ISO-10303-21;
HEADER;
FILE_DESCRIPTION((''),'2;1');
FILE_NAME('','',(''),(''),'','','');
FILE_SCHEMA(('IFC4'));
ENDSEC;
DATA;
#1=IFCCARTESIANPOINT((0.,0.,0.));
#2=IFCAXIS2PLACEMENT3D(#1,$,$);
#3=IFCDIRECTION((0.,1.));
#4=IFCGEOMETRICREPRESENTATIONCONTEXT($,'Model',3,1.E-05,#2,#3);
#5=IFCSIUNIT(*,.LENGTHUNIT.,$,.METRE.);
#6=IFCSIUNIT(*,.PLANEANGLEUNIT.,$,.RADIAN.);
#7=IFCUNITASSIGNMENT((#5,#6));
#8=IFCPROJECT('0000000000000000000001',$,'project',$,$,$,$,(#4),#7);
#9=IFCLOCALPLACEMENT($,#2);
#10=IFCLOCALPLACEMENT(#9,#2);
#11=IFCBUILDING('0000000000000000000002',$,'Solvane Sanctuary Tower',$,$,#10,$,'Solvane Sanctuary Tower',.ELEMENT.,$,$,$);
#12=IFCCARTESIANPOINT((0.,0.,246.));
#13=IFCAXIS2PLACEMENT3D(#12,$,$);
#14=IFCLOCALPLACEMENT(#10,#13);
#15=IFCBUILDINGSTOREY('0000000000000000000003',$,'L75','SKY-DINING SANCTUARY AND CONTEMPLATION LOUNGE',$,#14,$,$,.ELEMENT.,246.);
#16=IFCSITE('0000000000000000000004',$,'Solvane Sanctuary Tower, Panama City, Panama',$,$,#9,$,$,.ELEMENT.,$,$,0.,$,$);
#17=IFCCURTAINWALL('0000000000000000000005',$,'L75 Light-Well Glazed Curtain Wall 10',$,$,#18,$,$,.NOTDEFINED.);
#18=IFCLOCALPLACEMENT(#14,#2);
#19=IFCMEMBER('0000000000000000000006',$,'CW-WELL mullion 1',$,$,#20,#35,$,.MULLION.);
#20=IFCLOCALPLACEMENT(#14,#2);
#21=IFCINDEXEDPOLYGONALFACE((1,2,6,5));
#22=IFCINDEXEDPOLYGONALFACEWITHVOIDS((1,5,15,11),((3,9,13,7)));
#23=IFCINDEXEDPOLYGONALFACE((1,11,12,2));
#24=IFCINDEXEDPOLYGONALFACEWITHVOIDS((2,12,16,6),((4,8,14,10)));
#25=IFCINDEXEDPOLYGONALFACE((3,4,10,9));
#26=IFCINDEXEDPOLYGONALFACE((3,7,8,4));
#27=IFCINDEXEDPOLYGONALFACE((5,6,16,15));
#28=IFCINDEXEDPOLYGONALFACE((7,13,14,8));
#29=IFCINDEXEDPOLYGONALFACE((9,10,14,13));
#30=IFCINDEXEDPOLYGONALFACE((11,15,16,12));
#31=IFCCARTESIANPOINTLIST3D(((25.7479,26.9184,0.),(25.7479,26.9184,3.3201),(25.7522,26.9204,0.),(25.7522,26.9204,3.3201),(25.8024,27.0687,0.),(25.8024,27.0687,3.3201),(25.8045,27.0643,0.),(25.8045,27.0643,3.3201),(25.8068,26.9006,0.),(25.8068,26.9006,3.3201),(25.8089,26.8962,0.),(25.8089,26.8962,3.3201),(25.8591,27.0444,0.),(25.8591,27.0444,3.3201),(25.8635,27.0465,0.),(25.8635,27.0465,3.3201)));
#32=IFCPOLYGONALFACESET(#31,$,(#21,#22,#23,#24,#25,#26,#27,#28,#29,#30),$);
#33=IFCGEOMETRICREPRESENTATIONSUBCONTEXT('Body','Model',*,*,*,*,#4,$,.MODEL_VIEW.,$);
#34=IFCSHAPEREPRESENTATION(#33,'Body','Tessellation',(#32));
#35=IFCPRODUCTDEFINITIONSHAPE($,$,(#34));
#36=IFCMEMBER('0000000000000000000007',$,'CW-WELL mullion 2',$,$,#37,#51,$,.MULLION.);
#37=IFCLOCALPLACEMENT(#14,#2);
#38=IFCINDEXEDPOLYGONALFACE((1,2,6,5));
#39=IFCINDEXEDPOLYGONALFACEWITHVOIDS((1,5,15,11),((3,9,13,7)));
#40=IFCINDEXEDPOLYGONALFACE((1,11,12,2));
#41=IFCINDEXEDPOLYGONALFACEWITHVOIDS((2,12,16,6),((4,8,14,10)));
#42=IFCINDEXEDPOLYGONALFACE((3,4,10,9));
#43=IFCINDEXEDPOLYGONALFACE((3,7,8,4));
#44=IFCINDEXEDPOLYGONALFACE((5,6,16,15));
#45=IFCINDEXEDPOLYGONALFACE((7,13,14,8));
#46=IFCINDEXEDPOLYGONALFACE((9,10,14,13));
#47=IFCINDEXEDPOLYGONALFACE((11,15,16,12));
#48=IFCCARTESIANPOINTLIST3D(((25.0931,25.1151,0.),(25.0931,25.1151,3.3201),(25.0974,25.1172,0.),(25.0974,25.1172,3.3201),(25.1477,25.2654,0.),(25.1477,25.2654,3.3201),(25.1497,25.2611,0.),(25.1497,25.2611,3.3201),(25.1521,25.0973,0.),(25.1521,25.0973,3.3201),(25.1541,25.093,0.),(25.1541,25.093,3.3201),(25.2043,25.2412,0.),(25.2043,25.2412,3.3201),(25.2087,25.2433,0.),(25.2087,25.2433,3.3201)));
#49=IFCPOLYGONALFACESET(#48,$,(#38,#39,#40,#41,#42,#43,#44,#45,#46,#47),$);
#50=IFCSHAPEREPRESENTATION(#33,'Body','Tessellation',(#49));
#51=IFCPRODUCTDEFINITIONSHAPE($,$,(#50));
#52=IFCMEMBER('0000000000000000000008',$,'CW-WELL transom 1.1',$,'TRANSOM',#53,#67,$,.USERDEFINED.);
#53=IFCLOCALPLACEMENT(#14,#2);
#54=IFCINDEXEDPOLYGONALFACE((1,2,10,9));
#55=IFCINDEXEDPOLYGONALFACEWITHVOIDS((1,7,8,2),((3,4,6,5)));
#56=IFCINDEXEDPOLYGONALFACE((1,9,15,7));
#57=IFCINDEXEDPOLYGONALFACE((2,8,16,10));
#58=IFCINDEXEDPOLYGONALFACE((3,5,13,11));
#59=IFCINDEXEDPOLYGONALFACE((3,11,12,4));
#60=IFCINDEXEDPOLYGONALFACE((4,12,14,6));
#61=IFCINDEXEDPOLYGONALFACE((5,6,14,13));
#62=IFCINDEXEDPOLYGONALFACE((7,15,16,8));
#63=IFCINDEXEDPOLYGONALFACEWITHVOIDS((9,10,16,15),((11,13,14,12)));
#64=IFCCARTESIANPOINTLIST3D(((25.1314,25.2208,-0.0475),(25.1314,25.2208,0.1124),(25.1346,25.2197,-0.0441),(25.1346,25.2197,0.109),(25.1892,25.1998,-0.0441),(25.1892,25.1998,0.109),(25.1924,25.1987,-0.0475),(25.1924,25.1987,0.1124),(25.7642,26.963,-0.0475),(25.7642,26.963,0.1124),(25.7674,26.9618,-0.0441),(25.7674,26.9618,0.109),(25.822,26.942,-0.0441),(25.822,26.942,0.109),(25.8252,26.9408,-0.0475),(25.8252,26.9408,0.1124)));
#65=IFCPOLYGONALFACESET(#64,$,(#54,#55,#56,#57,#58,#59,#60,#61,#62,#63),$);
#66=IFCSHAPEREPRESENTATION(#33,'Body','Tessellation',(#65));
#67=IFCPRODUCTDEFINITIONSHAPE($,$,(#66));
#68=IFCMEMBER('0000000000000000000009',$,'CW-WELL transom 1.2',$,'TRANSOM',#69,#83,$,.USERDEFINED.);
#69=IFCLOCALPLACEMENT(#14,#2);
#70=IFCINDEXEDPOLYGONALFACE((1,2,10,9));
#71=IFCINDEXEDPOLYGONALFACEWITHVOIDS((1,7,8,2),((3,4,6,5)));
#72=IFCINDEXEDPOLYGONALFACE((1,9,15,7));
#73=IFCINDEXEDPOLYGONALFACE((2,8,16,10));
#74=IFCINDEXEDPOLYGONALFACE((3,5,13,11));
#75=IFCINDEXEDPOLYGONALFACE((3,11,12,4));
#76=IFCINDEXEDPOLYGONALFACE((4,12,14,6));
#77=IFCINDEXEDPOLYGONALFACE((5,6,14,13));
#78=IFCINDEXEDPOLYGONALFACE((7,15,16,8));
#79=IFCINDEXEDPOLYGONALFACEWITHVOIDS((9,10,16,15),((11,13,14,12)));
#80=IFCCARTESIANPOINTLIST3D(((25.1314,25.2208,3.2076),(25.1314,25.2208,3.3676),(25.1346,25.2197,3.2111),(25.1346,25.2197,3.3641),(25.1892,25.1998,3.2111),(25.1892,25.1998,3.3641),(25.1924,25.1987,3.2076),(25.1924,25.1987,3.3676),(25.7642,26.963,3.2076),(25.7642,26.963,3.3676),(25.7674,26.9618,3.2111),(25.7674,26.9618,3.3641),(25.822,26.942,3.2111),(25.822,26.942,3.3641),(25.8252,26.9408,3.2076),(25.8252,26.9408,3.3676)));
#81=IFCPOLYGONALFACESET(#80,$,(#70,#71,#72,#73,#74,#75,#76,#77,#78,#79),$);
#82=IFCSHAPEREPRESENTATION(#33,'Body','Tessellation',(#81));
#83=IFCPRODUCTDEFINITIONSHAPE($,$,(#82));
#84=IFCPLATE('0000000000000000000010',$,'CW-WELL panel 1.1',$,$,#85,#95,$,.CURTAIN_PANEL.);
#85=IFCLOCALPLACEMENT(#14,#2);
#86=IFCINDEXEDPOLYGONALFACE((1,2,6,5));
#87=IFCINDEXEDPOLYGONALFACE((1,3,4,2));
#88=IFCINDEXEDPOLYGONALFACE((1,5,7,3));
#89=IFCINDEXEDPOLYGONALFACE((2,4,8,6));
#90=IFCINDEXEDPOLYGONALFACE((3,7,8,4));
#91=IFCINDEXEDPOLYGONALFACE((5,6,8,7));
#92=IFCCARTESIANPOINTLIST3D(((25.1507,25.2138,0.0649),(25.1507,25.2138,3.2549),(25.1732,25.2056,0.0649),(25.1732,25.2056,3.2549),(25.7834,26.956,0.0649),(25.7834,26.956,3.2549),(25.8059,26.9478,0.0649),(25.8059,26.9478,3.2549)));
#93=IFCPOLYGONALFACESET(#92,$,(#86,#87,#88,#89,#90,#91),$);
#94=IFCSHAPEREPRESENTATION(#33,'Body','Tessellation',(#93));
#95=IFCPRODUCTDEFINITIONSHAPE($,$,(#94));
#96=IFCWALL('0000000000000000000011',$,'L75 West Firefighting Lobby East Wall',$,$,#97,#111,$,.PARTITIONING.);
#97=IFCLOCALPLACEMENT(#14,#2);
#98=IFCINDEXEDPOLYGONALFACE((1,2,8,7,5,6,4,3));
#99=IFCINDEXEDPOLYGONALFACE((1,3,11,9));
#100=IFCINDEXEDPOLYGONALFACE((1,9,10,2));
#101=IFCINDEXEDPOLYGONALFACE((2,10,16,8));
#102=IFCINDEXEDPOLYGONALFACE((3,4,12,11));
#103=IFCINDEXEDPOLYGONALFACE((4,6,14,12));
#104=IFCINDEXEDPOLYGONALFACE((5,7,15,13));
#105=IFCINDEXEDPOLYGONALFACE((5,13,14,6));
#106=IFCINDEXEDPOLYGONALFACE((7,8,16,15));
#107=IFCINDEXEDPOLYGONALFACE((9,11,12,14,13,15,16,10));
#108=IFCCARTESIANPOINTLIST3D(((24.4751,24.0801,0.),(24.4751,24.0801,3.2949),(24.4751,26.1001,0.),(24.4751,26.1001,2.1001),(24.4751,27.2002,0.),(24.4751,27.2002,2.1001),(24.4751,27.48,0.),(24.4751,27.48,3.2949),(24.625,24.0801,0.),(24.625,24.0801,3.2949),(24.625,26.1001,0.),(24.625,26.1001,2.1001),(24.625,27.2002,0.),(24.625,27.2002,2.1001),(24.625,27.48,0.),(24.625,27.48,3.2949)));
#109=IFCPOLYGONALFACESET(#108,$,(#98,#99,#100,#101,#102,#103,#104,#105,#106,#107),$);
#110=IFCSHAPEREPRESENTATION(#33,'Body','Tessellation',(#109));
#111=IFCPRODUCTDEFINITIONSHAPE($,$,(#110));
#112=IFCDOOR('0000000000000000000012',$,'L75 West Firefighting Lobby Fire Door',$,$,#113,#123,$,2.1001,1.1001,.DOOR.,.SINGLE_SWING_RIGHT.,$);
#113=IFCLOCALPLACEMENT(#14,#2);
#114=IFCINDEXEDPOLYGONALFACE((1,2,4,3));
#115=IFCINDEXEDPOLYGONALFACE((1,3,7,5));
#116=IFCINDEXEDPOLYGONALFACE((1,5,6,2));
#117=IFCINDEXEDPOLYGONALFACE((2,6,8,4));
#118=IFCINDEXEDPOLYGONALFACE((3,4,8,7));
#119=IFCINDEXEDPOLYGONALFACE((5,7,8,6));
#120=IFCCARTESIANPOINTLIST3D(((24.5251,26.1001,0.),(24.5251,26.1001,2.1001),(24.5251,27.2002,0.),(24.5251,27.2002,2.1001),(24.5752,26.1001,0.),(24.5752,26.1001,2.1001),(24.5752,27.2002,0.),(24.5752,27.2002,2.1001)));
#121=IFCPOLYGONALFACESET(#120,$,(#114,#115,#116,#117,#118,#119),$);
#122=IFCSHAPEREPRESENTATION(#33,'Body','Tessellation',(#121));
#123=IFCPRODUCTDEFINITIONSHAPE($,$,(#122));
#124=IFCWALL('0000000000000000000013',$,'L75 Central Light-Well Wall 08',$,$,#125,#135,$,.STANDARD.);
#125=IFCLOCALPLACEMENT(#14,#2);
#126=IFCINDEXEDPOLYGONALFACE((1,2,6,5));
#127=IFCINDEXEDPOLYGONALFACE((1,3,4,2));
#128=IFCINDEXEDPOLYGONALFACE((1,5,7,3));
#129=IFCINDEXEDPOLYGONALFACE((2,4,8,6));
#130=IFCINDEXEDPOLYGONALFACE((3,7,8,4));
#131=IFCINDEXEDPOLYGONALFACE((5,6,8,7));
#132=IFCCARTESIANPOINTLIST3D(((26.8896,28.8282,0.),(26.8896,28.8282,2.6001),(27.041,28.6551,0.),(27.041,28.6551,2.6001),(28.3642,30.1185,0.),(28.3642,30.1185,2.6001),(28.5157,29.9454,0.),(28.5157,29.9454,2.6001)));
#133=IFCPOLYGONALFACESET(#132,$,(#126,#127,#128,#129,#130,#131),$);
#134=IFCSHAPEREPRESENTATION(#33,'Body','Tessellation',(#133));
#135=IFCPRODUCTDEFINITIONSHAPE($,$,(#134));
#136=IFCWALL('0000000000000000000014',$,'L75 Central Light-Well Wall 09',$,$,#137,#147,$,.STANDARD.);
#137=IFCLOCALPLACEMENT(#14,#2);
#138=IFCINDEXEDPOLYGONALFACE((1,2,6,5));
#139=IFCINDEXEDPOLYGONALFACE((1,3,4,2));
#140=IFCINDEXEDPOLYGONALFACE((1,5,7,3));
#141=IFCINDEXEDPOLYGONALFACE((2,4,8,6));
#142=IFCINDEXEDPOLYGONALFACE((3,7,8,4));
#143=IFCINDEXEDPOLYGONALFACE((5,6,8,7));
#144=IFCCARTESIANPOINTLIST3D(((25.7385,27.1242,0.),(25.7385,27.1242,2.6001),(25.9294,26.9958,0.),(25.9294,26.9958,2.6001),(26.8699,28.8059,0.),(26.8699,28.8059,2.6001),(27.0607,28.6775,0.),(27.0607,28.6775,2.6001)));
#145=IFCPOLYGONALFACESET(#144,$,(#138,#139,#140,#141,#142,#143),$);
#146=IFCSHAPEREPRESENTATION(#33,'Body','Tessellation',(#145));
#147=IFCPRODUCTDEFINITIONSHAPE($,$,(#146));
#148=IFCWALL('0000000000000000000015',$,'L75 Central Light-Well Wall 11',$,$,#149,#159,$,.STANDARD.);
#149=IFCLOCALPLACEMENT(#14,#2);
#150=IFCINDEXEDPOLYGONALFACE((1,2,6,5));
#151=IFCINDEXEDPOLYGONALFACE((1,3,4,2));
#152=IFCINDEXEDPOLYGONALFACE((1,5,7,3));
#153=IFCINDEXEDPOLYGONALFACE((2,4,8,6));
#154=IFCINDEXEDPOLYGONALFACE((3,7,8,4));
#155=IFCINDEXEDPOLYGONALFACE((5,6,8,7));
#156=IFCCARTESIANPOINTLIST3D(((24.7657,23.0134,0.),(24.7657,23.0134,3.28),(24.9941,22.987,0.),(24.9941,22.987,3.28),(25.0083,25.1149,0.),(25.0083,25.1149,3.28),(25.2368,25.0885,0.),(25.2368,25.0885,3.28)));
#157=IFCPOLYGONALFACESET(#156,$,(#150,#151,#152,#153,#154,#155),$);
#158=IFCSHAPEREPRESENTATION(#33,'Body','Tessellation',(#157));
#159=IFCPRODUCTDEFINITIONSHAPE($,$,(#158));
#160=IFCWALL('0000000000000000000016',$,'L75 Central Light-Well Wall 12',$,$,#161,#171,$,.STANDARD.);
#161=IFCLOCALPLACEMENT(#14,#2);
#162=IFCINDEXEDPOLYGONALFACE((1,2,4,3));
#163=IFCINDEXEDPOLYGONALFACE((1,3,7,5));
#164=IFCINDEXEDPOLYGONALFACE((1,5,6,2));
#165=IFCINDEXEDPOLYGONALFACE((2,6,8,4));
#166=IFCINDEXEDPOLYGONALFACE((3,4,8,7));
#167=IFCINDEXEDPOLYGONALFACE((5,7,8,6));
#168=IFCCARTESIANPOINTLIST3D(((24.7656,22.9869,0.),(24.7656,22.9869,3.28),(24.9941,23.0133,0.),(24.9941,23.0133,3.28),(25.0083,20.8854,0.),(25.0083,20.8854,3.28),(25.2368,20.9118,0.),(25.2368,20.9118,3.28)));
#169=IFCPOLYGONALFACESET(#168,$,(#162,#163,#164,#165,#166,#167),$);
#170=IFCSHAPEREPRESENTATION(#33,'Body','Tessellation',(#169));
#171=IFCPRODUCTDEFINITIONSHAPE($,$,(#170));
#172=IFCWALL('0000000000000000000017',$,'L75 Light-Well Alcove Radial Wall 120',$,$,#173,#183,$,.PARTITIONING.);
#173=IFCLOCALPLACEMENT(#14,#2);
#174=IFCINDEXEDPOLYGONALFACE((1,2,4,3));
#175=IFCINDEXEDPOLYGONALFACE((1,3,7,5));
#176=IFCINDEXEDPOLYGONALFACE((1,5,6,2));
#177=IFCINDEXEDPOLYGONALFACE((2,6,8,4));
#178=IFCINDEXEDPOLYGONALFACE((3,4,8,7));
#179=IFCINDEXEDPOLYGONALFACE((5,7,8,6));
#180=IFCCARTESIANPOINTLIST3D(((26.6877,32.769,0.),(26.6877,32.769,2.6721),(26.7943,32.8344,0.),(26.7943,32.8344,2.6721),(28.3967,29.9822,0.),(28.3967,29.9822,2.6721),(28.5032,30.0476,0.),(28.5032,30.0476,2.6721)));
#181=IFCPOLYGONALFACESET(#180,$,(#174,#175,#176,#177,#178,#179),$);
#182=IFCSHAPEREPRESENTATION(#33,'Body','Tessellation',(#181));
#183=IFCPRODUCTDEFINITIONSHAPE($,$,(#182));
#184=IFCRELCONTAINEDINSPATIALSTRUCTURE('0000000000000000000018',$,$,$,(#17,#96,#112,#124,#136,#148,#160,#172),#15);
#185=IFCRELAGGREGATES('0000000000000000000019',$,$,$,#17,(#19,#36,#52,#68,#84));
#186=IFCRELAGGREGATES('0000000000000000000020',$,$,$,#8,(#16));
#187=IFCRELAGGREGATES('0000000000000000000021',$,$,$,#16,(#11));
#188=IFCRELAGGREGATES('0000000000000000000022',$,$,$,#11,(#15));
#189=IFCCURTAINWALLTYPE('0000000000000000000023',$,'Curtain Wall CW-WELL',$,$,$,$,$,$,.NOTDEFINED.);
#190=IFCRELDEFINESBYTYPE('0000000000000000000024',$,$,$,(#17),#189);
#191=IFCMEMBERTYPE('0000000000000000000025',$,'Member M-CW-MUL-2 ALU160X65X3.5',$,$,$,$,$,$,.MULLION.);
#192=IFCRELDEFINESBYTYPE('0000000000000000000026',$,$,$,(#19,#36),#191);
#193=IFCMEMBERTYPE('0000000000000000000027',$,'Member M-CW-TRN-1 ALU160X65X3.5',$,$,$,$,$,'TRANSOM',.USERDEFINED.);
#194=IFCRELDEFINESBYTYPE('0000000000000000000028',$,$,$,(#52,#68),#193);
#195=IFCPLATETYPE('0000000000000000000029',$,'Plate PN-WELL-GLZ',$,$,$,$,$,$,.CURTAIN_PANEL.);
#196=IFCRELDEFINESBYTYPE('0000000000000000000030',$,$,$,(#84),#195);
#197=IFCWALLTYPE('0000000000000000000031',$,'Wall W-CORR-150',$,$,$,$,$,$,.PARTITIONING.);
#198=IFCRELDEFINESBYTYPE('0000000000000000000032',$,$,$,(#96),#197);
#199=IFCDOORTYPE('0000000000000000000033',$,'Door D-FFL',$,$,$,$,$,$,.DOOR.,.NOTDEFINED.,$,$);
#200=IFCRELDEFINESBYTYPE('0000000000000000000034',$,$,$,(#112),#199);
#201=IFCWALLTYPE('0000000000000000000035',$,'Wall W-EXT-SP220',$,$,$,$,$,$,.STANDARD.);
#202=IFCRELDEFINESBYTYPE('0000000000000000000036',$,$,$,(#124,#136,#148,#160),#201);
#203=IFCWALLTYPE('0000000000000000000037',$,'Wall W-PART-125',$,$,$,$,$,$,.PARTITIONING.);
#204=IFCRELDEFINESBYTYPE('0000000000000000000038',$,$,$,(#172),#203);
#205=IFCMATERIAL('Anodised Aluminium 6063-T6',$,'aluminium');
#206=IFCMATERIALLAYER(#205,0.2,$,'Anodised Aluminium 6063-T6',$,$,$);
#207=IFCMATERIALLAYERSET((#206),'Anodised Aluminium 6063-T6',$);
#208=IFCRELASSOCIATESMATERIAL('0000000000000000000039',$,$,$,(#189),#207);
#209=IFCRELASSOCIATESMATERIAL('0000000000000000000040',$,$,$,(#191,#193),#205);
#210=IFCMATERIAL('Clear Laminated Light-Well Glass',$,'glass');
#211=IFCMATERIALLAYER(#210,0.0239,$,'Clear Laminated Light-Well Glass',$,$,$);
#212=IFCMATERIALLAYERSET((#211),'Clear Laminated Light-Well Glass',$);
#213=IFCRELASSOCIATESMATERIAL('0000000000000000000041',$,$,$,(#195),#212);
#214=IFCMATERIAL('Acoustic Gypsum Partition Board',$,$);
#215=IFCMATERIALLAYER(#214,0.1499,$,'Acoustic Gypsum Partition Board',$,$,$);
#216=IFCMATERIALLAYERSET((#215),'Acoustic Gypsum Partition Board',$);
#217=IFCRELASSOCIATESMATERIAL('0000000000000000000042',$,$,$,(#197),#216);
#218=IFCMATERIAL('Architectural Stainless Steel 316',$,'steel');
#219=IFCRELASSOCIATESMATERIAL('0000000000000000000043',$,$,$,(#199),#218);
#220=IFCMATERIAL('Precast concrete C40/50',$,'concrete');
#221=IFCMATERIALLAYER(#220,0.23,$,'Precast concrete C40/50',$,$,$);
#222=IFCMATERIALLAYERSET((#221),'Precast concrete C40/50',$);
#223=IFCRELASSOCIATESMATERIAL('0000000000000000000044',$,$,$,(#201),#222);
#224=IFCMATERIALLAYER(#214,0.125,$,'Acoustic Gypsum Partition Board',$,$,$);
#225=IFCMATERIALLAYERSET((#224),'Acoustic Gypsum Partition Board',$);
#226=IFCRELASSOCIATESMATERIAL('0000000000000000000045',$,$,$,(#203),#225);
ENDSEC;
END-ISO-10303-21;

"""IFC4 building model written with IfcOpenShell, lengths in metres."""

from ifc_helpers import new_model, si_unit, direction, frame, frame_2d, origin, origin_2d, place, context, subcontext, project, spatial, rectangle, hollow_rectangle, extrude, material, layer, layer_set, material_profile, profile_set, type_object, element, fill, aggregate, save


model = new_model("IFC4")

# Units and contexts
model_context = context("Model", 3, precision=1e-05, world=origin(), true_north=direction((0.0, 1.0)))
body_context = subcontext(model_context, "Body", "Model", "MODEL_VIEW")
ifc_project = project(units=[si_unit("LENGTHUNIT", "METRE"), si_unit("PLANEANGLEUNIT", "RADIAN")], contexts=[model_context])

# Site, building, storey
site_placement = place(None, origin())
site = spatial("IfcSite", under=ifc_project, at=site_placement, Name="Solvane Sanctuary Tower, Panama City, Panama", CompositionType="ELEMENT", RefElevation=0.0)
building_placement = place(site_placement, origin())
building = spatial("IfcBuilding", under=site, at=building_placement, Name="Solvane Sanctuary Tower", LongName="Solvane Sanctuary Tower", CompositionType="ELEMENT")
storey_placement = place(building_placement, frame((0.0, 0.0, 246.0)))
storey = spatial("IfcBuildingStorey", under=building, at=storey_placement, Name="L75", Description="SKY-DINING SANCTUARY AND CONTEMPLATION LOUNGE", CompositionType="ELEMENT", Elevation=246.0)

# Curtain wall, members, plate
ifc_material_1 = material(Name="Anodised Aluminium 6063-T6", Category="aluminium")
ifc_layer_1 = layer(ifc_material_1, 0.2, Name="Anodised Aluminium 6063-T6")
ifc_layer_set_1 = layer_set([ifc_layer_1], Name="Anodised Aluminium 6063-T6")
curtain_wall_type = type_object("IfcCurtainWallType", Name="Curtain Wall CW-WELL", PredefinedType="NOTDEFINED", material=ifc_layer_set_1)
curtain_wall_placement = place(storey_placement, origin())
curtain_wall = element("IfcCurtainWall", 1, at=curtain_wall_placement, inside=storey, type_object=curtain_wall_type, Name="L75 Light-Well Glazed Curtain Wall 10", PredefinedType="NOTDEFINED")
ifc_material_profile_1 = material_profile(ifc_material_1, hollow_rectangle(XDim=0.0649, YDim=0.1599, WallThickness=0.0034, at=origin_2d()), Name="ALU160X65X3.5")
ifc_profile_set_1 = profile_set([ifc_material_profile_1], Name="Anodised Aluminium 6063-T6")
member_type_1 = type_object("IfcMemberType", Name="Member M-CW-MUL-2 ALU160X65X3.5", PredefinedType="MULLION", material=ifc_profile_set_1)
member_1_placement = place(storey_placement, frame((25.8057, 26.9824, 0.0), z_axis=(0.0, 0.0, 1.0), x_axis=(0.939933, -0.341358, 0.0)))
member_1 = element("IfcMember", 2, at=member_1_placement, type_object=member_type_1, Name="CW-WELL mullion 1", PredefinedType="MULLION", context=body_context, shape_type="SweptSolid", body=[
    extrude(hollow_rectangle(XDim=0.0649, YDim=0.1599, WallThickness=0.0034, at=origin_2d()), origin(), (0.0, 0.0, 1.0), 3.3201),
])
member_2_placement = place(storey_placement, frame((25.1509, 25.1792, 0.0), z_axis=(0.0, 0.0, 1.0), x_axis=(0.939933, -0.341358, 0.0)))
member_2 = element("IfcMember", 3, at=member_2_placement, type_object=member_type_1, Name="CW-WELL mullion 2", PredefinedType="MULLION", context=body_context, shape_type="SweptSolid", body=[
    extrude(hollow_rectangle(XDim=0.0649, YDim=0.1599, WallThickness=0.0034, at=origin_2d()), origin(), (0.0, 0.0, 1.0), 3.3201),
])
ifc_material_profile_2 = material_profile(ifc_material_1, hollow_rectangle(XDim=0.0649, YDim=0.1599, WallThickness=0.0034, at=origin_2d()), Name="ALU160X65X3.5")
ifc_profile_set_2 = profile_set([ifc_material_profile_2], Name="Anodised Aluminium 6063-T6")
member_type_2 = type_object("IfcMemberType", Name="Member M-CW-TRN-1 ALU160X65X3.5", ElementType="TRANSOM", PredefinedType="USERDEFINED", material=ifc_profile_set_2)
member_3_placement = place(storey_placement, frame((25.7947, 26.9519, 0.0325), z_axis=(-0.341405, -0.939916, 0.0), x_axis=(0.939916, -0.341405, 0.0)))
member_3 = element("IfcMember", 4, at=member_3_placement, type_object=member_type_2, Name="CW-WELL transom 1.1", ObjectType="TRANSOM", PredefinedType="USERDEFINED", context=body_context, shape_type="SweptSolid", body=[
    extrude(hollow_rectangle(XDim=0.0649, YDim=0.1599, WallThickness=0.0034, at=origin_2d()), origin(), (0.0, 0.0, 1.0), 1.8535),
])
member_4_placement = place(storey_placement, frame((25.7947, 26.9519, 3.2876), z_axis=(-0.341405, -0.939916, 0.0), x_axis=(0.939916, -0.341405, 0.0)))
member_4 = element("IfcMember", 5, at=member_4_placement, type_object=member_type_2, Name="CW-WELL transom 1.2", ObjectType="TRANSOM", PredefinedType="USERDEFINED", context=body_context, shape_type="SweptSolid", body=[
    extrude(hollow_rectangle(XDim=0.0649, YDim=0.1599, WallThickness=0.0034, at=origin_2d()), origin(), (0.0, 0.0, 1.0), 1.8535),
])
ifc_material_2 = material(Name="Clear Laminated Light-Well Glass", Category="glass")
ifc_layer_2 = layer(ifc_material_2, 0.0239, Name="Clear Laminated Light-Well Glass")
ifc_layer_set_2 = layer_set([ifc_layer_2], Name="Clear Laminated Light-Well Glass")
plate_type = type_object("IfcPlateType", Name="Plate PN-WELL-GLZ", PredefinedType="CURTAIN_PANEL", material=ifc_layer_set_2)
plate_placement = place(storey_placement, frame((25.4783, 26.0808, 0.0649), z_axis=(0.0, 0.0, 1.0), x_axis=(-0.341358, -0.939933, 0.0)))
plate = element("IfcPlate", 6, at=plate_placement, type_object=plate_type, Name="CW-WELL panel 1.1", PredefinedType="CURTAIN_PANEL", context=body_context, shape_type="SweptSolid", body=[
    extrude(rectangle(XDim=1.8535, YDim=0.0239, at=origin_2d()), origin(), (0.0, 0.0, 1.0), 3.1899),
])
aggregate(curtain_wall, [member_1, member_2, member_3, member_4, plate])

# Wall, opening, door
ifc_material_3 = material(Name="Acoustic Gypsum Partition Board")
ifc_layer_3 = layer(ifc_material_3, 0.1499, Name="Acoustic Gypsum Partition Board")
ifc_layer_set_3 = layer_set([ifc_layer_3], Name="Acoustic Gypsum Partition Board")
wall_type_1 = type_object("IfcWallType", Name="Wall W-CORR-150", PredefinedType="PARTITIONING", material=ifc_layer_set_3)
wall_1_placement = place(storey_placement, frame((24.55, 24.0801, 0.0), z_axis=(0.0, 0.0, 1.0), x_axis=(0.0, 1.0, 0.0)))
wall_1 = element("IfcWall", 7, at=wall_1_placement, inside=storey, type_object=wall_type_1, Name="L75 West Firefighting Lobby East Wall", PredefinedType="PARTITIONING", context=body_context, shape_type="SweptSolid", body=[
    extrude(rectangle(XDim=3.3999, YDim=0.1499, at=frame_2d((1.7, 0.0))), origin(), (0.0, 0.0, 1.0), 3.2949),
])
opening_1_placement = place(wall_1_placement, frame((2.02, 0.0, 0.0)))
opening_1 = element("IfcOpeningElement", 8, at=opening_1_placement, cuts=wall_1, PredefinedType="OPENING", context=body_context, shape_type="SweptSolid", body=[
    extrude(rectangle(XDim=1.1001, YDim=2.1001, at=frame_2d((0.55, 1.05))), frame((0.0, 0.085, 0.0), z_axis=(0.0, -1.0, 0.0), x_axis=(1.0, 0.0, 0.0)), (0.0, 0.0, 1.0), 0.1699),
])
ifc_material_4 = material(Name="Architectural Stainless Steel 316", Category="steel")
door_type_1 = type_object("IfcDoorType", Name="Door D-FFL", OperationType="NOTDEFINED", PredefinedType="DOOR", material=ifc_material_4)
door_1_placement = place(opening_1_placement, origin())
door_1 = element("IfcDoor", 9, at=door_1_placement, inside=storey, type_object=door_type_1, Name="L75 West Firefighting Lobby Fire Door", OperationType="SINGLE_SWING_RIGHT", OverallHeight=2.1001, OverallWidth=1.1001, PredefinedType="DOOR", context=body_context, shape_type="SweptSolid", body=[
    extrude(rectangle(XDim=1.1001, YDim=2.1001, at=frame_2d((0.55, 1.05))), frame((0.0, 0.0249, 0.0), z_axis=(0.0, -1.0, 0.0), x_axis=(1.0, 0.0, 0.0)), (0.0, 0.0, 1.0), 0.05),
])
fill(opening_1, door_1)

# Walls
ifc_material_5 = material(Name="Precast concrete C40/50", Category="concrete")
ifc_layer_4 = layer(ifc_material_5, 0.23, Name="Precast concrete C40/50")
ifc_layer_set_4 = layer_set([ifc_layer_4], Name="Precast concrete C40/50")
wall_type_2 = type_object("IfcWallType", Name="Wall W-EXT-SP220", PredefinedType="STANDARD", material=ifc_layer_set_4)
wall_2_placement = place(storey_placement, frame((28.4399, 30.032, 0.0), z_axis=(0.0, 0.0, 1.0), x_axis=(-0.752577, -0.658505, 0.0)))
element("IfcWall", 10, at=wall_2_placement, inside=storey, type_object=wall_type_2, Name="L75 Central Light-Well Wall 08", PredefinedType="STANDARD", context=body_context, shape_type="SweptSolid", body=[
    extrude(rectangle(XDim=1.9595, YDim=0.23, at=frame_2d((0.9797, 0.0))), origin(), (0.0, 0.0, 1.0), 2.6001),
])
wall_3_placement = place(storey_placement, frame((26.9653, 28.7417, 0.0), z_axis=(0.0, 0.0, 1.0), x_axis=(-0.558198, -0.829708, 0.0)))
element("IfcWall", 11, at=wall_3_placement, inside=storey, type_object=wall_type_2, Name="L75 Central Light-Well Wall 09", PredefinedType="STANDARD", context=body_context, shape_type="SweptSolid", body=[
    extrude(rectangle(XDim=2.0269, YDim=0.23, at=frame_2d((1.0134, 0.0))), origin(), (0.0, 0.0, 1.0), 2.6001),
])
for number, where, z_axis, x_axis, name in (
    (12, (25.1226, 25.1016, 0.0), (0.0, 0.0, 1.0), (-0.114712, -0.993399, 0.0), "L75 Central Light-Well Wall 11"),
    (13, (24.8799, 23.0, 0.0), (0.0, 0.0, 1.0), (0.114712, -0.993399, 0.0), "L75 Central Light-Well Wall 12"),
):
    element("IfcWall", number, at=place(storey_placement, frame(where, z_axis=z_axis, x_axis=x_axis)), inside=storey, type_object=wall_type_2, Name=name, PredefinedType="STANDARD", context=body_context, shape_type="SweptSolid", body=[
        extrude(rectangle(XDim=2.1155, YDim=0.23, at=frame_2d((1.0576, 0.0))), origin(), (0.0, 0.0, 1.0), 3.28),
    ])
ifc_layer_5 = layer(ifc_material_3, 0.125, Name="Acoustic Gypsum Partition Board")
ifc_layer_set_5 = layer_set([ifc_layer_5], Name="Acoustic Gypsum Partition Board")
wall_type_3 = type_object("IfcWallType", Name="Wall W-PART-125", PredefinedType="PARTITIONING", material=ifc_layer_set_5)
wall_4_placement = place(storey_placement, frame((28.45, 30.0149, 0.0), z_axis=(0.0, 0.0, 1.0), x_axis=(-0.522763, 0.852478, 0.0)))
element("IfcWall", 14, at=wall_4_placement, inside=storey, type_object=wall_type_3, Name="L75 Light-Well Alcove Radial Wall 120", PredefinedType="PARTITIONING", context=body_context, shape_type="SweptSolid", body=[
    extrude(rectangle(XDim=3.269, YDim=0.125, at=frame_2d((1.6345, 0.0))), origin(), (0.0, 0.0, 1.0), 2.6721),
])

save(model, "model.ifc")
